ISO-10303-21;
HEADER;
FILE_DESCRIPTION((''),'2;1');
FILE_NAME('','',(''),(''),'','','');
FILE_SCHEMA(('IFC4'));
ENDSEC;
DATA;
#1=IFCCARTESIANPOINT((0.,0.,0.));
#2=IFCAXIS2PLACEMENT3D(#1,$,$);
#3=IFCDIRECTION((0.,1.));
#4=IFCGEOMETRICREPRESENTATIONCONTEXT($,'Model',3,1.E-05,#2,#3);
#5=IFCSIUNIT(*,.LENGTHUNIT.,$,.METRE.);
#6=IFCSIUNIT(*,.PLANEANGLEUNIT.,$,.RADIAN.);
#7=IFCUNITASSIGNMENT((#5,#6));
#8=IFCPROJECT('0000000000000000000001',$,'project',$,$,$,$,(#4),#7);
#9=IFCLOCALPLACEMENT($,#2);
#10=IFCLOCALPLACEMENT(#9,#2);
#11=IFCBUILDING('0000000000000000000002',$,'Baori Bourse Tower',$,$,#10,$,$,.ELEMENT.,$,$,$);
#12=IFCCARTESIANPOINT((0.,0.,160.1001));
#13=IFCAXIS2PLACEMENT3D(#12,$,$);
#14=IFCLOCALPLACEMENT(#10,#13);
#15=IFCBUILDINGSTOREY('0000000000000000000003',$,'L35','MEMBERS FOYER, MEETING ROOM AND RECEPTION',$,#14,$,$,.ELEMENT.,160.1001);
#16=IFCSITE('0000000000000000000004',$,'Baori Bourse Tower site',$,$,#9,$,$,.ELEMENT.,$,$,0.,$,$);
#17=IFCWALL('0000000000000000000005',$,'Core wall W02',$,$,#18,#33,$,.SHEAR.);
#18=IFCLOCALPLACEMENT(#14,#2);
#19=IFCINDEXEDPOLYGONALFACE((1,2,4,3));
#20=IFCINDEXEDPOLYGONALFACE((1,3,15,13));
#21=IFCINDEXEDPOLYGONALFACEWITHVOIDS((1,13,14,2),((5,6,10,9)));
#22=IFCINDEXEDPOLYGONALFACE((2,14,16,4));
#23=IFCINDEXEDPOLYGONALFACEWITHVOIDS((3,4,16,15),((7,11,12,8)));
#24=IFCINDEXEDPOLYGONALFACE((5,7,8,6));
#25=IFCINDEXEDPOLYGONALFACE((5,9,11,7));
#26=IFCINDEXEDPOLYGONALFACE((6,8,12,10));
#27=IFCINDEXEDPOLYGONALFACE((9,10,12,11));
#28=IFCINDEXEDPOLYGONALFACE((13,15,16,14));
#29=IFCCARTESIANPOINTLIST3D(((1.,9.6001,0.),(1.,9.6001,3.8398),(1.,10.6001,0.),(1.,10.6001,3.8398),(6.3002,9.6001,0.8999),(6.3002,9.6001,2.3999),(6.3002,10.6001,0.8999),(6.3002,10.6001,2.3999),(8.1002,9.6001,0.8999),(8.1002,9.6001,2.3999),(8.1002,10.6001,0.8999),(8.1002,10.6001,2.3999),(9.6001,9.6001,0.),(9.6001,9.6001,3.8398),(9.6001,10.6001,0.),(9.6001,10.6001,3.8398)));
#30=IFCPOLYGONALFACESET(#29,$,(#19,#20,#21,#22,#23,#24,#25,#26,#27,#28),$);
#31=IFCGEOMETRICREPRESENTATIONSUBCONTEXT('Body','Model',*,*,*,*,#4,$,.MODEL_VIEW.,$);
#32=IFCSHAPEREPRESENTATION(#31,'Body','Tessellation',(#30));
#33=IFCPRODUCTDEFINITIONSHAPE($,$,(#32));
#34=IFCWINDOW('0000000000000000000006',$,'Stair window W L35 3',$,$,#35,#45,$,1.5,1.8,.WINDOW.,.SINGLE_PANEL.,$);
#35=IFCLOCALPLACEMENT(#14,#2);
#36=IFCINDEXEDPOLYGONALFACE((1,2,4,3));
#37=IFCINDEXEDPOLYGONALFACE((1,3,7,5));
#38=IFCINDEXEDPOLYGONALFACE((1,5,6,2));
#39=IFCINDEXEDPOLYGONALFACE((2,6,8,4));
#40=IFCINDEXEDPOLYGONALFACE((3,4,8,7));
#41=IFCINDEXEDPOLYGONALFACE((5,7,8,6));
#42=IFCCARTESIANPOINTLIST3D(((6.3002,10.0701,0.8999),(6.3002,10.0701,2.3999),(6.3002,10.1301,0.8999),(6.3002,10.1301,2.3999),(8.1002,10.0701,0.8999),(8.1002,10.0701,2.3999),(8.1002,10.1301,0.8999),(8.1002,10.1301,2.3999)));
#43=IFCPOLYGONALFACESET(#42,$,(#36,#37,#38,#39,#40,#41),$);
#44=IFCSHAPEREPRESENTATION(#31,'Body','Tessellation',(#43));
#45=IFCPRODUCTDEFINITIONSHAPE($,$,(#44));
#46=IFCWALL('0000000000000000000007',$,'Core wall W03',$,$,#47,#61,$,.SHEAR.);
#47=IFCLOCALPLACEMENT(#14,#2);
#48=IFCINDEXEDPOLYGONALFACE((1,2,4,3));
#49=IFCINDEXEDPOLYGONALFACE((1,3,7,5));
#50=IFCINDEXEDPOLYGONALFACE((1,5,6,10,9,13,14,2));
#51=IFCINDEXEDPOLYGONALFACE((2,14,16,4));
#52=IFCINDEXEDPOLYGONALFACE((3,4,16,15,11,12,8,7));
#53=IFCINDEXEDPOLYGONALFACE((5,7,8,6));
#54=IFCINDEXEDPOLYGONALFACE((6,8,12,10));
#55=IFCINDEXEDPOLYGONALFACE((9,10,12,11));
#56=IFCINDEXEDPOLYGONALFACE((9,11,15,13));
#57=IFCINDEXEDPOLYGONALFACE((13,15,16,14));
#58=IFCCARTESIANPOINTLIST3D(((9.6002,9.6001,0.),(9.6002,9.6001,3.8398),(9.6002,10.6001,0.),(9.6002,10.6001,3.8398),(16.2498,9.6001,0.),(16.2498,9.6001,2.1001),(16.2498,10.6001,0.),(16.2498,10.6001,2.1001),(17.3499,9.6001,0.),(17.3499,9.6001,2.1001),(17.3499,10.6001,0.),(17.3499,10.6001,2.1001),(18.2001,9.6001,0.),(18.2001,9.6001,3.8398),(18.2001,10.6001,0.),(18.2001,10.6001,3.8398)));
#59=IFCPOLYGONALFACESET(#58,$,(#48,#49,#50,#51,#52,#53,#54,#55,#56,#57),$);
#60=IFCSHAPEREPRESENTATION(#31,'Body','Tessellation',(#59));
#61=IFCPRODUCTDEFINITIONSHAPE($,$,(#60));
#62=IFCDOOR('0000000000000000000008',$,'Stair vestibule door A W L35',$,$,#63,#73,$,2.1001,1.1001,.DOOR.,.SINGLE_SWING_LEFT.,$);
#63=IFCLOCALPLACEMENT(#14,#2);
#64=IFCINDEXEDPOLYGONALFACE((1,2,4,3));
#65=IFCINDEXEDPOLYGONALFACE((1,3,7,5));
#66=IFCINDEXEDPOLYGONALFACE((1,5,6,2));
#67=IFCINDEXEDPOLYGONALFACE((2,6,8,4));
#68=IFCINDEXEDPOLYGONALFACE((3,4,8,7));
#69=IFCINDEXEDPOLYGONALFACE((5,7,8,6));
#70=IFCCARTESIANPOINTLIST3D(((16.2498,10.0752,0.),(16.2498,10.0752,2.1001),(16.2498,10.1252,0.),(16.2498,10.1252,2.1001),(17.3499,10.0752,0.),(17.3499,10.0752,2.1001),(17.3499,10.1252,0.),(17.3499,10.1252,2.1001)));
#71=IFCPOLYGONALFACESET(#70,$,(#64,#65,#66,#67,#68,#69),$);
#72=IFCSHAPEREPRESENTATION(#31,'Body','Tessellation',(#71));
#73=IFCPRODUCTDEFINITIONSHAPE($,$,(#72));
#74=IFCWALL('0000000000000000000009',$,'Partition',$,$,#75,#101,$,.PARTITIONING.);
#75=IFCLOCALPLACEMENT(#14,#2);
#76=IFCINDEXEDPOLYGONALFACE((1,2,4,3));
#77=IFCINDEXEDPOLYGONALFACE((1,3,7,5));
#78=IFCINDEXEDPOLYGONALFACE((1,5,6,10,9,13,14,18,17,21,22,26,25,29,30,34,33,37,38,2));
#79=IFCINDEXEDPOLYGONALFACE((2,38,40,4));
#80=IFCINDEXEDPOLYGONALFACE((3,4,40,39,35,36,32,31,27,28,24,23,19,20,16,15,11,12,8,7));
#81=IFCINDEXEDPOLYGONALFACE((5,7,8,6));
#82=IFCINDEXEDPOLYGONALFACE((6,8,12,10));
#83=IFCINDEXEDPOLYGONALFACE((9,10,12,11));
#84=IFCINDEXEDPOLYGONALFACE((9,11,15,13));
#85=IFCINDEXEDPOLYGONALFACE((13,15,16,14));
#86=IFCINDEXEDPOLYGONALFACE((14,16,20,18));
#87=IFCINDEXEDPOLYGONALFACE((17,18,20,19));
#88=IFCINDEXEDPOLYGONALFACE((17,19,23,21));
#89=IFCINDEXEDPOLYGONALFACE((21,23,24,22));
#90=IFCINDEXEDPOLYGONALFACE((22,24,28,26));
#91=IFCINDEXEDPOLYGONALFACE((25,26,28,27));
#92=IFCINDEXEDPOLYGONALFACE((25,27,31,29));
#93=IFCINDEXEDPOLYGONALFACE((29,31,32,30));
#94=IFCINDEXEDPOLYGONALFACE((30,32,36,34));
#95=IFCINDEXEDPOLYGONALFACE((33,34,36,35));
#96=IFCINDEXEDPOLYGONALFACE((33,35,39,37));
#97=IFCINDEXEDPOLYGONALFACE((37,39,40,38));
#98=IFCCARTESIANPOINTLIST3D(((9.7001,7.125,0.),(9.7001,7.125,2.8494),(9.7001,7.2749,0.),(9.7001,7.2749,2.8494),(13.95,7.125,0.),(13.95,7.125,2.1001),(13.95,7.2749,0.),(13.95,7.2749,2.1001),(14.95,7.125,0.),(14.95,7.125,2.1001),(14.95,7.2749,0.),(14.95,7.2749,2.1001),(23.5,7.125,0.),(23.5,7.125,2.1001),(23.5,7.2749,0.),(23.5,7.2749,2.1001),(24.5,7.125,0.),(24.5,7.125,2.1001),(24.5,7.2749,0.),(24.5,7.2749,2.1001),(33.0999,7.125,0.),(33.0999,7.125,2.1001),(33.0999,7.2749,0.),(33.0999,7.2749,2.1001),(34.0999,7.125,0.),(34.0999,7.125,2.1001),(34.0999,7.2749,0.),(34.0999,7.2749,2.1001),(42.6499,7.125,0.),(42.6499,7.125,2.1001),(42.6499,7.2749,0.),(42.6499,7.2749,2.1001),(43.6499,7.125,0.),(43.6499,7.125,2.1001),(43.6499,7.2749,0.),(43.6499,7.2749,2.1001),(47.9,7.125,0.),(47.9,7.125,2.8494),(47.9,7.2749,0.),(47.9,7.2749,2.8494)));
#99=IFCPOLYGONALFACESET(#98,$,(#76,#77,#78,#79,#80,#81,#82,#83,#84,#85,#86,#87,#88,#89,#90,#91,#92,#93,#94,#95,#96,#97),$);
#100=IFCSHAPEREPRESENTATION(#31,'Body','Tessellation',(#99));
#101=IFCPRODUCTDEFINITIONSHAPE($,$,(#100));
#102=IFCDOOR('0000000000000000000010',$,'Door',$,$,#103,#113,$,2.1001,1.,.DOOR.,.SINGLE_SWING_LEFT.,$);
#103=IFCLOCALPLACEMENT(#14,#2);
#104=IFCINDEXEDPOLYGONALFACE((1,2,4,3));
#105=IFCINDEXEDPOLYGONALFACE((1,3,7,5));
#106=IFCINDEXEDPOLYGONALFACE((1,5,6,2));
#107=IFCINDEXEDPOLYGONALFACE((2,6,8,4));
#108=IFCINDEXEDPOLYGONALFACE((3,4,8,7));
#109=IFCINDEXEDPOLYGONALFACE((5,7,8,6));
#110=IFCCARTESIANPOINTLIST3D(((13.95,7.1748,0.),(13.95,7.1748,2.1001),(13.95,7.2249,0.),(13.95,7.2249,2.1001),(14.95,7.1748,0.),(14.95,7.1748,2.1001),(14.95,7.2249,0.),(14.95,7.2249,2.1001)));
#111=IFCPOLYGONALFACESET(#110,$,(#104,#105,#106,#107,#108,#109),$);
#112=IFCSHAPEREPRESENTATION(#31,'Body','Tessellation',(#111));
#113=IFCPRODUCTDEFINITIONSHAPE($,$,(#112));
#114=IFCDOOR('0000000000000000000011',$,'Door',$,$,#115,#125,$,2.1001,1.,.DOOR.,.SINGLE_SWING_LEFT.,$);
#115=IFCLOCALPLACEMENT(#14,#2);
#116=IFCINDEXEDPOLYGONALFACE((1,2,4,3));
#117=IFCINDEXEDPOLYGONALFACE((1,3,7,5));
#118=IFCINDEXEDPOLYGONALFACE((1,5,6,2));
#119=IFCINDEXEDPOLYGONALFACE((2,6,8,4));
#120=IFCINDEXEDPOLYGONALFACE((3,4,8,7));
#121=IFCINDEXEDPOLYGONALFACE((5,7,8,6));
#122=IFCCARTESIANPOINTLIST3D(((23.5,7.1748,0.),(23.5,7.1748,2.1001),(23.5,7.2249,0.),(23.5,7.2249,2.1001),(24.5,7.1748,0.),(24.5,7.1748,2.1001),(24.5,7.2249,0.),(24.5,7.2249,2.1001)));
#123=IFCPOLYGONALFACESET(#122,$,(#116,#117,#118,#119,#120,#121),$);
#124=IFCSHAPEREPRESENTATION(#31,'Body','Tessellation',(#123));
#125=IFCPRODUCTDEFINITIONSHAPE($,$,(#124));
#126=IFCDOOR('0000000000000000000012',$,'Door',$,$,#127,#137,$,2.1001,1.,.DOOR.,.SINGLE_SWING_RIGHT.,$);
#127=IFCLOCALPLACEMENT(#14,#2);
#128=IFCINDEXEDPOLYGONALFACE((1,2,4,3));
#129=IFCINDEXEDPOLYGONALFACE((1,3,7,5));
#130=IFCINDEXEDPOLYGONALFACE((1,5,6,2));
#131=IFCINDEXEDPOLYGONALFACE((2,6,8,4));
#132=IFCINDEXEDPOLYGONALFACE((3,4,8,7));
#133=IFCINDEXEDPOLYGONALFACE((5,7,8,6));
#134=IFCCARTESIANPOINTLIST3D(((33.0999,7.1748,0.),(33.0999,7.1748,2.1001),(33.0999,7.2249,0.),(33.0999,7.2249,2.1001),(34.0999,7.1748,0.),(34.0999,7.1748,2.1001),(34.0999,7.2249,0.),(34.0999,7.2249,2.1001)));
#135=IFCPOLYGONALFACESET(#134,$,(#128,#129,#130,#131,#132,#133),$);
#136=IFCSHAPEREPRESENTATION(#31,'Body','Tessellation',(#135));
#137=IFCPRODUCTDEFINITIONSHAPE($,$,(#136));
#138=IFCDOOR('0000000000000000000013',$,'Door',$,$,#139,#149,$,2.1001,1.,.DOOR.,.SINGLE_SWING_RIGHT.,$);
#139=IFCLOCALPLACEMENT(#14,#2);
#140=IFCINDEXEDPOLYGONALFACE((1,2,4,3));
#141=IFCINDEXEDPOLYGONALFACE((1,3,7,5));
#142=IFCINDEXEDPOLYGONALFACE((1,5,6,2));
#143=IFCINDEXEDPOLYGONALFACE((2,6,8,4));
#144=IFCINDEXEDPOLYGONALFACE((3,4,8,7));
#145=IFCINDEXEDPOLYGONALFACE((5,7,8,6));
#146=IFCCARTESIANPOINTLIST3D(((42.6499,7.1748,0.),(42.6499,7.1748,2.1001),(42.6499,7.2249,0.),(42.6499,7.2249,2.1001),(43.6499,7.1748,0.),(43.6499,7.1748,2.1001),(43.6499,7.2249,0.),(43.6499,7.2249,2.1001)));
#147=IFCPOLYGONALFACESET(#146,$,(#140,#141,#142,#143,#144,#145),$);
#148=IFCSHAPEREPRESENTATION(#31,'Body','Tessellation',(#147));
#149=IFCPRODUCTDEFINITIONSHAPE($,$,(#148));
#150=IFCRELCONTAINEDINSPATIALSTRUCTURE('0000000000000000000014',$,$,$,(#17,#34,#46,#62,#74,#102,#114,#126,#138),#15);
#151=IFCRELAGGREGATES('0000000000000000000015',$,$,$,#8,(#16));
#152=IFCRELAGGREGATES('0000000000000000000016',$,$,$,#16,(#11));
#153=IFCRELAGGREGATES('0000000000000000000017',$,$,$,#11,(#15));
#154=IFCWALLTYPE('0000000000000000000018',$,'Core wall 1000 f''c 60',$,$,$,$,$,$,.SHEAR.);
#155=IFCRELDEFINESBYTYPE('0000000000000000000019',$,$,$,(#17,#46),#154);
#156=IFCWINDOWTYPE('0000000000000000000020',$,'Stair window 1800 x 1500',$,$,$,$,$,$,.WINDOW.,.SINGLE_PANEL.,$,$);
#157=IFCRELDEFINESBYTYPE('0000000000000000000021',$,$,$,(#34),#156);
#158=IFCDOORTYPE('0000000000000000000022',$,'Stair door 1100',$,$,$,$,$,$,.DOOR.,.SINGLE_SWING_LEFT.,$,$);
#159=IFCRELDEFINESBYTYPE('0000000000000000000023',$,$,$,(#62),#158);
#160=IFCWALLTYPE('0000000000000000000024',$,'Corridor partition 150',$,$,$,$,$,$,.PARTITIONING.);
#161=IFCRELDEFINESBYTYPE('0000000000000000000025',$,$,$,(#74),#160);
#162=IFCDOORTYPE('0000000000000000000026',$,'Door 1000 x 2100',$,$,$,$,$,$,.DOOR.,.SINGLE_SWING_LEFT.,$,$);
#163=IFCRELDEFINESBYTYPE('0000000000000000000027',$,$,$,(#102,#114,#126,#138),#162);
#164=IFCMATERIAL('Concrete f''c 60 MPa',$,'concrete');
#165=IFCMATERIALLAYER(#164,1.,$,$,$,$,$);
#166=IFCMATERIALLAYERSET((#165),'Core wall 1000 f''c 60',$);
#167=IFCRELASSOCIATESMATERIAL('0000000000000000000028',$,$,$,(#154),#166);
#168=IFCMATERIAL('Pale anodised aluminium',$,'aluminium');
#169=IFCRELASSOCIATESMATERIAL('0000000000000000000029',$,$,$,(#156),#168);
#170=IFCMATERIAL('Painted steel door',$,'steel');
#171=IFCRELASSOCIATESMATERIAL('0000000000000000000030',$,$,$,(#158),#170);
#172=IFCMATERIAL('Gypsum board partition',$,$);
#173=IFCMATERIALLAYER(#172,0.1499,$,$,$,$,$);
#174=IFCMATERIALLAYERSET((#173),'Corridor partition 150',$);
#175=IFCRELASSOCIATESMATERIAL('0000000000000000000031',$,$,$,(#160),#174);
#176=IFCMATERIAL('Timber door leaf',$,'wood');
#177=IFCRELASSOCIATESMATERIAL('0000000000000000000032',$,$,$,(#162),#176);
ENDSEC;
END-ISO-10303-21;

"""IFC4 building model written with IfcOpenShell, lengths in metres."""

from ifc_helpers import new_model, si_unit, direction, frame, frame_2d, origin, place, context, subcontext, project, spatial, rectangle, extrude, material, layer, layer_set, type_object, element, fill, save


model = new_model("IFC4")

# Units and contexts
model_context = context("Model", 3, precision=1e-05, world=origin(), true_north=direction((0.0, 1.0)))
body_context = subcontext(model_context, "Body", "Model", "MODEL_VIEW")
ifc_project = project(units=[si_unit("LENGTHUNIT", "METRE"), si_unit("PLANEANGLEUNIT", "RADIAN")], contexts=[model_context])

# Site, building, storey
site_placement = place(None, origin())
site = spatial("IfcSite", under=ifc_project, at=site_placement, Name="Baori Bourse Tower site", CompositionType="ELEMENT", RefElevation=0.0)
building_placement = place(site_placement, origin())
building = spatial("IfcBuilding", under=site, at=building_placement, Name="Baori Bourse Tower", CompositionType="ELEMENT")
storey_placement = place(building_placement, frame((0.0, 0.0, 160.1001)))
storey = spatial("IfcBuildingStorey", under=building, at=storey_placement, Name="L35", Description="MEMBERS FOYER, MEETING ROOM AND RECEPTION", CompositionType="ELEMENT", Elevation=160.1001)

# Wall, opening, window
ifc_material_1 = material(Name="Concrete f'c 60 MPa", Category="concrete")
ifc_layer_1 = layer(ifc_material_1, 1.0)
ifc_layer_set_1 = layer_set([ifc_layer_1], Name="Core wall 1000 f'c 60")
wall_type_1 = type_object("IfcWallType", Name="Core wall 1000 f'c 60", PredefinedType="SHEAR", material=ifc_layer_set_1)
wall_1_placement = place(storey_placement, frame((9.6001, 10.1001, 0.0), z_axis=(0.0, 0.0, 1.0), x_axis=(-1.0, 0.0, 0.0)))
wall_1 = element("IfcWall", 1, at=wall_1_placement, inside=storey, type_object=wall_type_1, Name="Core wall W02", PredefinedType="SHEAR", context=body_context, shape_type="SweptSolid", body=[
    extrude(rectangle(XDim=8.6001, YDim=1.0, at=frame_2d((4.3, 0.0))), origin(), (0.0, 0.0, 1.0), 3.8398),
])
opening_1_placement = place(wall_1_placement, frame((1.5, 0.0, 0.8999)))
opening_1 = element("IfcOpeningElement", 2, at=opening_1_placement, cuts=wall_1, PredefinedType="OPENING", context=body_context, shape_type="SweptSolid", body=[
    extrude(rectangle(XDim=1.8, YDim=1.5, at=frame_2d((0.8999, 0.75))), frame((0.0, 0.51, 0.0), z_axis=(0.0, -1.0, 0.0), x_axis=(1.0, 0.0, 0.0)), (0.0, 0.0, 1.0), 1.02),
])
ifc_material_2 = material(Name="Pale anodised aluminium", Category="aluminium")
window_type = type_object("IfcWindowType", Name="Stair window 1800 x 1500", PartitioningType="SINGLE_PANEL", PredefinedType="WINDOW", material=ifc_material_2)
window_placement = place(opening_1_placement, origin())
window = element("IfcWindow", 3, at=window_placement, inside=storey, type_object=window_type, Name="Stair window W L35 3", OverallHeight=1.5, OverallWidth=1.8, PartitioningType="SINGLE_PANEL", PredefinedType="WINDOW", context=body_context, shape_type="SweptSolid", body=[
    extrude(rectangle(XDim=1.8, YDim=1.5, at=frame_2d((0.8999, 0.75))), frame((0.0, 0.03, 0.0), z_axis=(0.0, -1.0, 0.0), x_axis=(1.0, 0.0, 0.0)), (0.0, 0.0, 1.0), 0.0601),
])
fill(opening_1, window)

# Wall, opening, door
wall_2_placement = place(storey_placement, frame((18.2, 10.1001, 0.0), z_axis=(0.0, 0.0, 1.0), x_axis=(-1.0, 0.0, 0.0)))
wall_2 = element("IfcWall", 4, at=wall_2_placement, inside=storey, type_object=wall_type_1, Name="Core wall W03", PredefinedType="SHEAR", context=body_context, shape_type="SweptSolid", body=[
    extrude(rectangle(XDim=8.5999, YDim=1.0, at=frame_2d((4.2998, 0.0))), origin(), (0.0, 0.0, 1.0), 3.8398),
])
opening_2_placement = place(wall_2_placement, frame((0.8501, 0.0, 0.0)))
opening_2 = element("IfcOpeningElement", 5, at=opening_2_placement, cuts=wall_2, PredefinedType="OPENING", context=body_context, shape_type="SweptSolid", body=[
    extrude(rectangle(XDim=1.1001, YDim=2.1001, at=frame_2d((0.55, 1.05))), frame((0.0, 0.51, 0.0), z_axis=(0.0, -1.0, 0.0), x_axis=(1.0, 0.0, 0.0)), (0.0, 0.0, 1.0), 1.02),
])
ifc_material_3 = material(Name="Painted steel door", Category="steel")
door_type_1 = type_object("IfcDoorType", Name="Stair door 1100", OperationType="SINGLE_SWING_LEFT", PredefinedType="DOOR", material=ifc_material_3)
door_1_placement = place(opening_2_placement, origin())
door_1 = element("IfcDoor", 6, at=door_1_placement, inside=storey, type_object=door_type_1, Name="Stair vestibule door A W L35", OperationType="SINGLE_SWING_LEFT", OverallHeight=2.1001, OverallWidth=1.1001, PredefinedType="DOOR", context=body_context, shape_type="SweptSolid", body=[
    extrude(rectangle(XDim=1.1001, YDim=2.1001, at=frame_2d((0.55, 1.05))), frame((0.0, 0.0249, 0.0), z_axis=(0.0, -1.0, 0.0), x_axis=(1.0, 0.0, 0.0)), (0.0, 0.0, 1.0), 0.05),
])
fill(opening_2, door_1)

# Wall, openings, doors
ifc_material_4 = material(Name="Gypsum board partition")
ifc_layer_2 = layer(ifc_material_4, 0.1499)
ifc_layer_set_2 = layer_set([ifc_layer_2], Name="Corridor partition 150")
wall_type_2 = type_object("IfcWallType", Name="Corridor partition 150", PredefinedType="PARTITIONING", material=ifc_layer_set_2)
wall_3_placement = place(storey_placement, frame((9.7, 7.2, 0.0), z_axis=(0.0, 0.0, 1.0), x_axis=(1.0, 0.0, 0.0)))
wall_3 = element("IfcWall", 7, at=wall_3_placement, inside=storey, type_object=wall_type_2, Name="Partition", PredefinedType="PARTITIONING", context=body_context, shape_type="SweptSolid", body=[
    extrude(rectangle(XDim=38.2, YDim=0.1499, at=frame_2d((19.1001, 0.0))), origin(), (0.0, 0.0, 1.0), 2.8494),
])
opening_3_placement = place(wall_3_placement, frame((4.25, 0.0, 0.0)))
opening_3 = element("IfcOpeningElement", 8, at=opening_3_placement, cuts=wall_3, PredefinedType="OPENING", context=body_context, shape_type="SweptSolid", body=[
    extrude(rectangle(XDim=1.0, YDim=2.1001, at=frame_2d((0.5, 1.05))), frame((0.0, 0.085, 0.0), z_axis=(0.0, -1.0, 0.0), x_axis=(1.0, 0.0, 0.0)), (0.0, 0.0, 1.0), 0.1699),
])
opening_4_placement = place(wall_3_placement, frame((13.8, 0.0, 0.0)))
opening_4 = element("IfcOpeningElement", 9, at=opening_4_placement, cuts=wall_3, PredefinedType="OPENING", context=body_context, shape_type="SweptSolid", body=[
    extrude(rectangle(XDim=1.0, YDim=2.1001, at=frame_2d((0.5, 1.05))), frame((0.0, 0.085, 0.0), z_axis=(0.0, -1.0, 0.0), x_axis=(1.0, 0.0, 0.0)), (0.0, 0.0, 1.0), 0.1699),
])
opening_5_placement = place(wall_3_placement, frame((23.3999, 0.0, 0.0)))
opening_5 = element("IfcOpeningElement", 10, at=opening_5_placement, cuts=wall_3, PredefinedType="OPENING", context=body_context, shape_type="SweptSolid", body=[
    extrude(rectangle(XDim=1.0, YDim=2.1001, at=frame_2d((0.5, 1.05))), frame((0.0, 0.085, 0.0), z_axis=(0.0, -1.0, 0.0), x_axis=(1.0, 0.0, 0.0)), (0.0, 0.0, 1.0), 0.1699),
])
opening_6_placement = place(wall_3_placement, frame((32.95, 0.0, 0.0)))
opening_6 = element("IfcOpeningElement", 11, at=opening_6_placement, cuts=wall_3, PredefinedType="OPENING", context=body_context, shape_type="SweptSolid", body=[
    extrude(rectangle(XDim=1.0, YDim=2.1001, at=frame_2d((0.5, 1.05))), frame((0.0, 0.085, 0.0), z_axis=(0.0, -1.0, 0.0), x_axis=(1.0, 0.0, 0.0)), (0.0, 0.0, 1.0), 0.1699),
])
ifc_material_5 = material(Name="Timber door leaf", Category="wood")
door_type_2 = type_object("IfcDoorType", Name="Door 1000 x 2100", OperationType="SINGLE_SWING_LEFT", PredefinedType="DOOR", material=ifc_material_5)
door_2_placement = place(opening_3_placement, origin())
door_2 = element("IfcDoor", 12, at=door_2_placement, inside=storey, type_object=door_type_2, Name="Door", OperationType="SINGLE_SWING_LEFT", OverallHeight=2.1001, OverallWidth=1.0, PredefinedType="DOOR", context=body_context, shape_type="SweptSolid", body=[
    extrude(rectangle(XDim=1.0, YDim=2.1001, at=frame_2d((0.5, 1.05))), frame((0.0, 0.0249, 0.0), z_axis=(0.0, -1.0, 0.0), x_axis=(1.0, 0.0, 0.0)), (0.0, 0.0, 1.0), 0.05),
])
fill(opening_3, door_2)
door_3_placement = place(opening_4_placement, origin())
door_3 = element("IfcDoor", 13, at=door_3_placement, inside=storey, type_object=door_type_2, Name="Door", OperationType="SINGLE_SWING_LEFT", OverallHeight=2.1001, OverallWidth=1.0, PredefinedType="DOOR", context=body_context, shape_type="SweptSolid", body=[
    extrude(rectangle(XDim=1.0, YDim=2.1001, at=frame_2d((0.5, 1.05))), frame((0.0, 0.0249, 0.0), z_axis=(0.0, -1.0, 0.0), x_axis=(1.0, 0.0, 0.0)), (0.0, 0.0, 1.0), 0.05),
])
fill(opening_4, door_3)
door_4_placement = place(opening_5_placement, origin())
door_4 = element("IfcDoor", 14, at=door_4_placement, inside=storey, type_object=door_type_2, Name="Door", OperationType="SINGLE_SWING_RIGHT", OverallHeight=2.1001, OverallWidth=1.0, PredefinedType="DOOR", context=body_context, shape_type="SweptSolid", body=[
    extrude(rectangle(XDim=1.0, YDim=2.1001, at=frame_2d((0.5, 1.05))), frame((0.0, 0.0249, 0.0), z_axis=(0.0, -1.0, 0.0), x_axis=(1.0, 0.0, 0.0)), (0.0, 0.0, 1.0), 0.05),
])
fill(opening_5, door_4)
door_5_placement = place(opening_6_placement, origin())
door_5 = element("IfcDoor", 15, at=door_5_placement, inside=storey, type_object=door_type_2, Name="Door", OperationType="SINGLE_SWING_RIGHT", OverallHeight=2.1001, OverallWidth=1.0, PredefinedType="DOOR", context=body_context, shape_type="SweptSolid", body=[
    extrude(rectangle(XDim=1.0, YDim=2.1001, at=frame_2d((0.5, 1.05))), frame((0.0, 0.0249, 0.0), z_axis=(0.0, -1.0, 0.0), x_axis=(1.0, 0.0, 0.0)), (0.0, 0.0, 1.0), 0.05),
])
fill(opening_6, door_5)

save(model, "model.ifc")
